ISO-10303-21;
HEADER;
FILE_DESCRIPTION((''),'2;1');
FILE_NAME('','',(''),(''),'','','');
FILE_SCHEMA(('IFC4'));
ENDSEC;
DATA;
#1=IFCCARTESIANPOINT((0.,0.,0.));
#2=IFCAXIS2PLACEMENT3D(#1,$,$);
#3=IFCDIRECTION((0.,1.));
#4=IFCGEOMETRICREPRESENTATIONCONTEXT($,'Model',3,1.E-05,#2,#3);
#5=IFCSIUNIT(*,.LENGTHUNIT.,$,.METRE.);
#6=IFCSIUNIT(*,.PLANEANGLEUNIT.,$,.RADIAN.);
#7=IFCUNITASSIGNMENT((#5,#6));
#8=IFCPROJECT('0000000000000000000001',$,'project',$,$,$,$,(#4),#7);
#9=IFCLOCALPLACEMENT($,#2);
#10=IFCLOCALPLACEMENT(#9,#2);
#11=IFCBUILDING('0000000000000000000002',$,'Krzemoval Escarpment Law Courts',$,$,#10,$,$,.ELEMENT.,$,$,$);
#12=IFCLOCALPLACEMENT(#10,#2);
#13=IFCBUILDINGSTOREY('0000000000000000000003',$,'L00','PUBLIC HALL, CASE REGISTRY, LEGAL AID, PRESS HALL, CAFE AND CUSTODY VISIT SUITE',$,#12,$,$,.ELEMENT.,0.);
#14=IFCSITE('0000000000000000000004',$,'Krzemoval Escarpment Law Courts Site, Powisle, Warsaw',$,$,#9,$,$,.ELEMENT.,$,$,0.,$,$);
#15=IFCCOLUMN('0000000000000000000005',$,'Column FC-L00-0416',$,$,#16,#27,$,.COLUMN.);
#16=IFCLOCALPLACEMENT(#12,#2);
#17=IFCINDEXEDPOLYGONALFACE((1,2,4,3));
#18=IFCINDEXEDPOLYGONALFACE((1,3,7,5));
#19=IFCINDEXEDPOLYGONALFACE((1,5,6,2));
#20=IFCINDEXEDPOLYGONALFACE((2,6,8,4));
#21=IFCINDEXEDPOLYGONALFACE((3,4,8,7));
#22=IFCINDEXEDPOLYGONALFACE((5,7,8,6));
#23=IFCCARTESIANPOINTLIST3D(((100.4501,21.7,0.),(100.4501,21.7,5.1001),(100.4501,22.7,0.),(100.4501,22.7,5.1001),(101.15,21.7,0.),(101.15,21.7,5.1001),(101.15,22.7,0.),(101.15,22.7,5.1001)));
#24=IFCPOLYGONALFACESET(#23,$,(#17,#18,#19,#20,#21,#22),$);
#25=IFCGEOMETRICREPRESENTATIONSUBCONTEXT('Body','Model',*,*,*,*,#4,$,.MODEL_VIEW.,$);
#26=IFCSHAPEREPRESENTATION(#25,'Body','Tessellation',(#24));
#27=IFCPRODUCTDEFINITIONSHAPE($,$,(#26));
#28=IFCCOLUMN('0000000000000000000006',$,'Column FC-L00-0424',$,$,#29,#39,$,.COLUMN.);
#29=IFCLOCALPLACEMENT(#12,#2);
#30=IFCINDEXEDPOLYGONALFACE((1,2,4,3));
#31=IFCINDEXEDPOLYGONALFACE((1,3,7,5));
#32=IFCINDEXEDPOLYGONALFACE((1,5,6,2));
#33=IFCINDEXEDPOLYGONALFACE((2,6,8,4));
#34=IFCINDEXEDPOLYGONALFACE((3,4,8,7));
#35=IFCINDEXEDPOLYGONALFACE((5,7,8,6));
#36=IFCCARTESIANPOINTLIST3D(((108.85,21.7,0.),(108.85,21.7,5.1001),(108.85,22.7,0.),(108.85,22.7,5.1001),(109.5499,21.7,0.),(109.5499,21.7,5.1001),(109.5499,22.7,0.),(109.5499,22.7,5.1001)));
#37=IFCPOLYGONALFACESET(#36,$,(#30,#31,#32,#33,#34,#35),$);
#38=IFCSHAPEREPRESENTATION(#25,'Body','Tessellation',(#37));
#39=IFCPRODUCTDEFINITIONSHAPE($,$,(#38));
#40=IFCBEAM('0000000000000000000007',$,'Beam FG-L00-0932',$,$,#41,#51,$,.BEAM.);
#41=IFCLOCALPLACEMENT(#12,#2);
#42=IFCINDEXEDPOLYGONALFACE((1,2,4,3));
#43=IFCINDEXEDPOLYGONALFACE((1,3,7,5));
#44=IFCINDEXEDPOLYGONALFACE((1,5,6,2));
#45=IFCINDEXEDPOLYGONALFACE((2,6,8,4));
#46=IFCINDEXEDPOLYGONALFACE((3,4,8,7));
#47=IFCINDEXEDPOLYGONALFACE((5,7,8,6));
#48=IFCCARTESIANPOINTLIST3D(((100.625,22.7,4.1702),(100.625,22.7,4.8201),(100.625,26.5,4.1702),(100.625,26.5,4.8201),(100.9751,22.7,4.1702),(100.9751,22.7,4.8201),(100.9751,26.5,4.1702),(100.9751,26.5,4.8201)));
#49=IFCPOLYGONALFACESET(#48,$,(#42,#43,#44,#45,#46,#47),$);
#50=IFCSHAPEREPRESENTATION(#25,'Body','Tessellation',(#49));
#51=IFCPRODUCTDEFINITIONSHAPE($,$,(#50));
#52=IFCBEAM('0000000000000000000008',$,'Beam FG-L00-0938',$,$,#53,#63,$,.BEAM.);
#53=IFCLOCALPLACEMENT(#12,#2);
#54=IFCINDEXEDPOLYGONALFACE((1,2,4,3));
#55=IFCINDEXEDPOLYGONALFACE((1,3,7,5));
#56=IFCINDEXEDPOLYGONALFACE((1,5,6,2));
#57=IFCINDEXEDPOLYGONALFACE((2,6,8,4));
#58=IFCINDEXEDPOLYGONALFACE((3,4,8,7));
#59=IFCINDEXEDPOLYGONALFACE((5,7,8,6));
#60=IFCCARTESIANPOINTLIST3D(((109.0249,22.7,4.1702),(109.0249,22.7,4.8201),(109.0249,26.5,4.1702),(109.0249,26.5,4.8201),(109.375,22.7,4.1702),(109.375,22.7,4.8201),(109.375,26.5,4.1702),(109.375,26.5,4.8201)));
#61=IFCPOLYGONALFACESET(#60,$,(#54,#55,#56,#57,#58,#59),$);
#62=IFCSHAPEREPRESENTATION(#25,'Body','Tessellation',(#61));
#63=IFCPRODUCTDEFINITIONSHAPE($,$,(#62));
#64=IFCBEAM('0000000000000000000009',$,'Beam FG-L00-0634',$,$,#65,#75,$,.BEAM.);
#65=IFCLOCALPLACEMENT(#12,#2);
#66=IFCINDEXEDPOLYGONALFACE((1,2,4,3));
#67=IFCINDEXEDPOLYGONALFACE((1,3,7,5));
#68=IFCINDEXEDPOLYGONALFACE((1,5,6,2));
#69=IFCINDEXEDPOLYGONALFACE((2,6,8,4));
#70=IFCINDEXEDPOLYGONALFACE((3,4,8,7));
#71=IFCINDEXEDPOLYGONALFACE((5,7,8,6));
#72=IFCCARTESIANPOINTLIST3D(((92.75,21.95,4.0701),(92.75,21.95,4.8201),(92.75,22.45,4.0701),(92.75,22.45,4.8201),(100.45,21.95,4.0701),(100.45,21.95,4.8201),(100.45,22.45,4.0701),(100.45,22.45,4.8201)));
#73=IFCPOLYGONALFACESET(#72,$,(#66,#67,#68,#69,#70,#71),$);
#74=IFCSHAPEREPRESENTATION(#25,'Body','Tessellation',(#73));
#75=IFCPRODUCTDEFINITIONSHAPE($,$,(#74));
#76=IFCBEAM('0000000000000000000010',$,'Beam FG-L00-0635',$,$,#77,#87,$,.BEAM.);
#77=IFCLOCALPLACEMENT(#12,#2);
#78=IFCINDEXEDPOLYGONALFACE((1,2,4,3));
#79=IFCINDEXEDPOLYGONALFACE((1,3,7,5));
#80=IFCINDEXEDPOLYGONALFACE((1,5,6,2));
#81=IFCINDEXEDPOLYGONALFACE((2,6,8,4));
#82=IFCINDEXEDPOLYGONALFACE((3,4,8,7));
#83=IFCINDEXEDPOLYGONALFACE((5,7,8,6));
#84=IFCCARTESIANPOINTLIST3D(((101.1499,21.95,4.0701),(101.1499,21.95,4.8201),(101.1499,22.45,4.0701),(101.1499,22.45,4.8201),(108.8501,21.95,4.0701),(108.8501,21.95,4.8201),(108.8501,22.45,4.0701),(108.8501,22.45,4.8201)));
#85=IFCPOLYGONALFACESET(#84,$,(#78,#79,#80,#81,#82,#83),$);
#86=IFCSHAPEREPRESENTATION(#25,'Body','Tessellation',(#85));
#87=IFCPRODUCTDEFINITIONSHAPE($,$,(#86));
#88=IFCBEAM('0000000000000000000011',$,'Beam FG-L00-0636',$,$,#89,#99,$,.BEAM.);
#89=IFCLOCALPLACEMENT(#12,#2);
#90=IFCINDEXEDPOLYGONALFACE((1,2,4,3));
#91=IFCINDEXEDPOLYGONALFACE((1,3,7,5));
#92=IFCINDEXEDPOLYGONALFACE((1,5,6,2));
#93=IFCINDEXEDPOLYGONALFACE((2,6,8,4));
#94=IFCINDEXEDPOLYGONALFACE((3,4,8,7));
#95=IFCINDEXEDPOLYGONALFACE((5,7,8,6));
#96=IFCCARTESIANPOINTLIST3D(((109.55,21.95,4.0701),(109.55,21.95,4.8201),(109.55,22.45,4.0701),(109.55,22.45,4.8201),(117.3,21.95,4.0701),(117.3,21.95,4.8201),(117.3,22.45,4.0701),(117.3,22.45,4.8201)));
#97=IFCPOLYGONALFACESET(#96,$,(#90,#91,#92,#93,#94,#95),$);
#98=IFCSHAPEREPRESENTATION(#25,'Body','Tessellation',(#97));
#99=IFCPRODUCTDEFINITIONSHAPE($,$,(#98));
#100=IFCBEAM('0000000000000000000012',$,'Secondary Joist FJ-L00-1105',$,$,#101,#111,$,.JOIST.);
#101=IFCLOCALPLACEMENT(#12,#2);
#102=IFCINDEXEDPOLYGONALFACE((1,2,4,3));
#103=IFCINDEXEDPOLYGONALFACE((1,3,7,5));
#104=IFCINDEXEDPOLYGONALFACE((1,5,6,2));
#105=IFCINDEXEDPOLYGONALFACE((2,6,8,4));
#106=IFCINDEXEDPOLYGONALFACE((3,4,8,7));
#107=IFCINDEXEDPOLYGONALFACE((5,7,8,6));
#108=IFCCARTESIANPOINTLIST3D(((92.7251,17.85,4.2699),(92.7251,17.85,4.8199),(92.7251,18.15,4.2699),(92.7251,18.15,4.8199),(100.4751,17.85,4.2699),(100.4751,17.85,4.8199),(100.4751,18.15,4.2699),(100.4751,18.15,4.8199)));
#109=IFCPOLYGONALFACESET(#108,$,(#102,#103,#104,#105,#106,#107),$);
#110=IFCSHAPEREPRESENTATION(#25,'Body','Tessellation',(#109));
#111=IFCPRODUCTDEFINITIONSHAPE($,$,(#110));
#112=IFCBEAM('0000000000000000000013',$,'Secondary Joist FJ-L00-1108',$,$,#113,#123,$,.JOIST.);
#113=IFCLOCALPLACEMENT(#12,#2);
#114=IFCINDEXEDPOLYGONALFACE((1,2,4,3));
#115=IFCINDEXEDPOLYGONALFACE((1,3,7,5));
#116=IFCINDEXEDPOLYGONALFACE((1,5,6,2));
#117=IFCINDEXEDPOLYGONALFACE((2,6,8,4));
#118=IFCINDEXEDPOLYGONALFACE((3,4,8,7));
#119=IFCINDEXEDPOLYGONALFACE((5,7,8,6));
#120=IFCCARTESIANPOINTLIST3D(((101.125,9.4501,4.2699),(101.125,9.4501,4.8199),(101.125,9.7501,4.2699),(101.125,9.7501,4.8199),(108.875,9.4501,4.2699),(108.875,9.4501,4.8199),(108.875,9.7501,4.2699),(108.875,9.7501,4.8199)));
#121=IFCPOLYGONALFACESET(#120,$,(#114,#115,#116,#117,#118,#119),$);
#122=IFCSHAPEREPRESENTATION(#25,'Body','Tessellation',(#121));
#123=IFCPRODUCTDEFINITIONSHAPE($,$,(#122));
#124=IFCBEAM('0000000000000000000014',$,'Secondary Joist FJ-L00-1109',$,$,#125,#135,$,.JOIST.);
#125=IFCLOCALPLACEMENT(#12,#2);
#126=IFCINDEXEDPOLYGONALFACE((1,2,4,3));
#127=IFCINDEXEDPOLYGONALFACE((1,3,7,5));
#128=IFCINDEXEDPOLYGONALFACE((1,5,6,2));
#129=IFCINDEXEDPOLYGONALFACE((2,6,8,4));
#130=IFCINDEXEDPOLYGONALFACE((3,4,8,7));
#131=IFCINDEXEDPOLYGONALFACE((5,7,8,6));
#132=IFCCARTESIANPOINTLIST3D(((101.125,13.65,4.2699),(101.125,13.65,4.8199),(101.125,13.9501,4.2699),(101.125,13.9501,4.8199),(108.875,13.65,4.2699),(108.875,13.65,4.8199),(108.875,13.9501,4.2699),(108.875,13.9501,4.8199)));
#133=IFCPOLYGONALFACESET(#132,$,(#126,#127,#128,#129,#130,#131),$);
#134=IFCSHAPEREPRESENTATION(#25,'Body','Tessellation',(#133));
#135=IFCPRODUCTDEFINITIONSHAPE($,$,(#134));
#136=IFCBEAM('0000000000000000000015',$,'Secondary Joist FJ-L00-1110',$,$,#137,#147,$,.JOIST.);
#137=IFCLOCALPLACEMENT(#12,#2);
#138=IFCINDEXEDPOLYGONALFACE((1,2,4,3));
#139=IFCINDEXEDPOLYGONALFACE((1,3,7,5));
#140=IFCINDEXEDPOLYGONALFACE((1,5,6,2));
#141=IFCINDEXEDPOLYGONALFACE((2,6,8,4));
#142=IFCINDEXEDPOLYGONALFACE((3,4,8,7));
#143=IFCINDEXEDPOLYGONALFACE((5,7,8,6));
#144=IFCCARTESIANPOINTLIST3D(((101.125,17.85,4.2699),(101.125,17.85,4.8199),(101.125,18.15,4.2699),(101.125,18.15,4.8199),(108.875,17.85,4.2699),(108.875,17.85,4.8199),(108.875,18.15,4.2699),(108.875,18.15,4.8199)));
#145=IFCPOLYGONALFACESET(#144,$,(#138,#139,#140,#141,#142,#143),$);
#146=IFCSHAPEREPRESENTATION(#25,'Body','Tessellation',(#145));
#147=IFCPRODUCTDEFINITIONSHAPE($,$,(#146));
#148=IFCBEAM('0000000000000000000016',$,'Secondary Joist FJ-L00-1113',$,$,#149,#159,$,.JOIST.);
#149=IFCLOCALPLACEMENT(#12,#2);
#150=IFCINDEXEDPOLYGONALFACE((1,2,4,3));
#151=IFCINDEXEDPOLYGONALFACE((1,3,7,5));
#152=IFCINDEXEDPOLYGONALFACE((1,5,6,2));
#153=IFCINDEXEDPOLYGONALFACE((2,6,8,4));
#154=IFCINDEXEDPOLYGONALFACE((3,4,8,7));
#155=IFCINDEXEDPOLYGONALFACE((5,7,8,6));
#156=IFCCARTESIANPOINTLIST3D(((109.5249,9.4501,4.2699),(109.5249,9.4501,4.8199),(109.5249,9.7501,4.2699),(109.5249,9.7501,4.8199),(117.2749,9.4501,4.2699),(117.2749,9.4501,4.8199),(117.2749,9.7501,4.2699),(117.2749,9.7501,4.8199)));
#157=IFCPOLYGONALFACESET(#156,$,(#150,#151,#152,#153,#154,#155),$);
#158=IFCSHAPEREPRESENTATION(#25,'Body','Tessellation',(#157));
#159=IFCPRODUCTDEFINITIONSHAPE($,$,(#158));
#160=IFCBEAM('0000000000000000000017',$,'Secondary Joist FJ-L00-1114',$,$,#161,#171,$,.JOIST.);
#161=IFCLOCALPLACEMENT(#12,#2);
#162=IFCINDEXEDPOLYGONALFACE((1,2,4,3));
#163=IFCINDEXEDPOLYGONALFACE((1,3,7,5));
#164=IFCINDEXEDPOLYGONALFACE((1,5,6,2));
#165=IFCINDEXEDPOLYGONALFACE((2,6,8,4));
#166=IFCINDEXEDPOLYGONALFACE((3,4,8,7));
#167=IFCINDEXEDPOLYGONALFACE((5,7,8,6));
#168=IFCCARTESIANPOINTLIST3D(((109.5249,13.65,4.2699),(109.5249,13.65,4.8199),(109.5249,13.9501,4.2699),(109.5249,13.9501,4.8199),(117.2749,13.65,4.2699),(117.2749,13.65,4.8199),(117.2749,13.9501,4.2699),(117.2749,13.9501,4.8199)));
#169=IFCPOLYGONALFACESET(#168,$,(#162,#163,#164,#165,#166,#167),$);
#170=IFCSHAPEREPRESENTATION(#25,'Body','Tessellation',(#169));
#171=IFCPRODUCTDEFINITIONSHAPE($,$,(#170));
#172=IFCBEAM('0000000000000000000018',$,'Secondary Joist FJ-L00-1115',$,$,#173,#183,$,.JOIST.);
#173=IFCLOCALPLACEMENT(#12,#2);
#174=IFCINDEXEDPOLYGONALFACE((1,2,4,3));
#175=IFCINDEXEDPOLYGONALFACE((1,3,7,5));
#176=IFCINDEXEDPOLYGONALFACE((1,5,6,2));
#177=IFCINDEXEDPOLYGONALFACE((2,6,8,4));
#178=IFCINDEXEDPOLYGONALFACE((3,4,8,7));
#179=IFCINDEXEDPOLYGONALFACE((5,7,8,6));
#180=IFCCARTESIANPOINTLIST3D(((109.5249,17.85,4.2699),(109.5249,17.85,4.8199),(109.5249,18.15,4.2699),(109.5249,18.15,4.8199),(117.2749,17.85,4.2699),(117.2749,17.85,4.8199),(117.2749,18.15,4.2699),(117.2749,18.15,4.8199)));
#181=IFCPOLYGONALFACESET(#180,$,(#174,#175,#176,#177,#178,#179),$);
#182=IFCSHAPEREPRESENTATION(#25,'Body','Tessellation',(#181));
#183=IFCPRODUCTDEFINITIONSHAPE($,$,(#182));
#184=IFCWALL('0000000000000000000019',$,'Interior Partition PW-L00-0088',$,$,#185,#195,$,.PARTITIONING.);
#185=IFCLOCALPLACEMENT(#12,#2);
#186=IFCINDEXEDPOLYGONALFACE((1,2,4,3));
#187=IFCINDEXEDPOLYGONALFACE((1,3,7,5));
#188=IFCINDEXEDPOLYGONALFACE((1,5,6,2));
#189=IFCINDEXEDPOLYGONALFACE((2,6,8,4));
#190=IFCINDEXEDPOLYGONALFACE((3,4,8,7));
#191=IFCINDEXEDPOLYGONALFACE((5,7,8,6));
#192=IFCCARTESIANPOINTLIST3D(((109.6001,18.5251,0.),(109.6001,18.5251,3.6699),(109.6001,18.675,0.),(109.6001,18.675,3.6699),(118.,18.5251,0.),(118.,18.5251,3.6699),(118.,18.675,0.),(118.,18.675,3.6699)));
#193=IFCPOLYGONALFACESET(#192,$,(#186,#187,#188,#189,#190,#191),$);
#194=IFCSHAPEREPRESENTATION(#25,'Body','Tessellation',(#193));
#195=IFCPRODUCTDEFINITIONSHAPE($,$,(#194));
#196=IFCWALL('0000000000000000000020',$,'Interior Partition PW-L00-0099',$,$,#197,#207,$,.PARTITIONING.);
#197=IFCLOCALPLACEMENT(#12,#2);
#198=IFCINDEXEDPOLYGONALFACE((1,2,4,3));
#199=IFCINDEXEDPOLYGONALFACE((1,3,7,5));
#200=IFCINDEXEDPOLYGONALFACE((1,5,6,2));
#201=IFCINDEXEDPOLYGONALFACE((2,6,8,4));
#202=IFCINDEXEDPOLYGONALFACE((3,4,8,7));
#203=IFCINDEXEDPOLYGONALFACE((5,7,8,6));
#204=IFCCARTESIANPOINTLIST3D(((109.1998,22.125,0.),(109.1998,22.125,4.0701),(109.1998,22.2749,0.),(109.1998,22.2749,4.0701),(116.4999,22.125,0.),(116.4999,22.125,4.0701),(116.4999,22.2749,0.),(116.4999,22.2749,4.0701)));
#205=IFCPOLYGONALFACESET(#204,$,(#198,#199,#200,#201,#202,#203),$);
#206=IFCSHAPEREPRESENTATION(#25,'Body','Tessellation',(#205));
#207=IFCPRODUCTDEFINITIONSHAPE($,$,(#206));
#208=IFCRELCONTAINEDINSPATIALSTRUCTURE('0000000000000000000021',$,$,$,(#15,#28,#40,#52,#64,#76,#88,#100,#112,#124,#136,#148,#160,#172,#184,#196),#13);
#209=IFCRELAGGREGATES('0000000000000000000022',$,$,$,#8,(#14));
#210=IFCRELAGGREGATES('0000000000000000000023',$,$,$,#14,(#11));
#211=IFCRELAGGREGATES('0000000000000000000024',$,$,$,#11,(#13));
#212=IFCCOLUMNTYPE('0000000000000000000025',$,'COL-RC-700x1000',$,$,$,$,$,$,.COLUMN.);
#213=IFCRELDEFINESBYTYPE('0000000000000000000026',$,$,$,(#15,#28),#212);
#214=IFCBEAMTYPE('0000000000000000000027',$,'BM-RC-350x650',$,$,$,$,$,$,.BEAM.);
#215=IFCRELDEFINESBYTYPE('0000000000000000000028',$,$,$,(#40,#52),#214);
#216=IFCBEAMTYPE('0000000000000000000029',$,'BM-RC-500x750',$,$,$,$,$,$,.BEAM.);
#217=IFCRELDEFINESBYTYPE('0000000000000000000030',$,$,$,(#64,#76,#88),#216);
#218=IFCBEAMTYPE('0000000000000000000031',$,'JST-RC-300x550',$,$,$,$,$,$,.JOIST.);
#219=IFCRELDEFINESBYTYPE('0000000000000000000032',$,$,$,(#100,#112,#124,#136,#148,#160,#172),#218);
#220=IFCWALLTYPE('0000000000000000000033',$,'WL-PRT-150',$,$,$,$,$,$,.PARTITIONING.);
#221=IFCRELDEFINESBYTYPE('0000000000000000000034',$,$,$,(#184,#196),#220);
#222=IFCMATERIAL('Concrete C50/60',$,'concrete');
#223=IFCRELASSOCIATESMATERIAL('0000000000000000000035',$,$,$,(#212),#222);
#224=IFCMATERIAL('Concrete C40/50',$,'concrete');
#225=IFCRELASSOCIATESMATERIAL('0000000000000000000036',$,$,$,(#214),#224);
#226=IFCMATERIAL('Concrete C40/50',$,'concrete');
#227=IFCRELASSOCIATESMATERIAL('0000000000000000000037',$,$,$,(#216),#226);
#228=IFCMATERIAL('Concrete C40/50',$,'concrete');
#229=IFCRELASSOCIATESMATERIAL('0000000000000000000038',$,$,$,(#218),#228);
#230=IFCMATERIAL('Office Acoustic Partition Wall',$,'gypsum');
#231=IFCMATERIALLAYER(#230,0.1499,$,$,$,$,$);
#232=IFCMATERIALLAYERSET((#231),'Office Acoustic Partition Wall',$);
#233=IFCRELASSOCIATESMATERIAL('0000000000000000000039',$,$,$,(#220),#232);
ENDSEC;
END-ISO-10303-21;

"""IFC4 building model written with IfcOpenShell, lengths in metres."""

from ifc_helpers import new_model, si_unit, direction, frame, frame_2d, origin, origin_2d, place, context, subcontext, project, spatial, rectangle, extrude, material, layer, layer_set, material_profile, profile_set, type_object, element, save


model = new_model("IFC4")

# Units and contexts
model_context = context("Model", 3, precision=1e-05, world=origin(), true_north=direction((0.0, 1.0)))
body_context = subcontext(model_context, "Body", "Model", "MODEL_VIEW")
ifc_project = project(units=[si_unit("LENGTHUNIT", "METRE"), si_unit("PLANEANGLEUNIT", "RADIAN")], contexts=[model_context])

# Site, building, storey
site_placement = place(None, origin())
site = spatial("IfcSite", under=ifc_project, at=site_placement, Name="Krzemoval Escarpment Law Courts Site, Powisle, Warsaw", CompositionType="ELEMENT", RefElevation=0.0)
building_placement = place(site_placement, origin())
building = spatial("IfcBuilding", under=site, at=building_placement, Name="Krzemoval Escarpment Law Courts", CompositionType="ELEMENT")
storey_placement = place(building_placement, origin())
storey = spatial("IfcBuildingStorey", under=building, at=storey_placement, Name="L00", Description="PUBLIC HALL, CASE REGISTRY, LEGAL AID, PRESS HALL, CAFE AND CUSTODY VISIT SUITE", CompositionType="ELEMENT", Elevation=0.0)

# Columns
ifc_material_1 = material(Name="Concrete C50/60", Category="concrete")
ifc_material_profile_1 = material_profile(ifc_material_1, rectangle(XDim=0.7, YDim=1.0, at=origin_2d()), Name="RC 700x1000")
ifc_profile_set_1 = profile_set([ifc_material_profile_1], Name="Concrete C50/60")
column_type = type_object("IfcColumnType", Name="COL-RC-700x1000", PredefinedType="COLUMN", material=ifc_profile_set_1)
for number, where, z_axis, x_axis, name in (
    (1, (100.8, 22.2, 0.0), (0.0, 0.0, 1.0), (1.0, 0.0, 0.0), "Column FC-L00-0416"),
    (2, (109.2, 22.2, 0.0), (0.0, 0.0, 1.0), (1.0, 0.0, 0.0), "Column FC-L00-0424"),
):
    element("IfcColumn", number, at=place(storey_placement, frame(where, z_axis=z_axis, x_axis=x_axis)), inside=storey, type_object=column_type, Name=name, PredefinedType="COLUMN", context=body_context, shape_type="SweptSolid", body=[
        extrude(rectangle(XDim=0.7, YDim=1.0, at=origin_2d()), origin(), (0.0, 0.0, 1.0), 5.1001),
    ])

# Beams
ifc_material_2 = material(Name="Concrete C40/50", Category="concrete")
ifc_material_profile_2 = material_profile(ifc_material_2, rectangle(XDim=0.3501, YDim=0.6499, at=origin_2d()), Name="RCB 350x650")
ifc_profile_set_2 = profile_set([ifc_material_profile_2], Name="Concrete C40/50")
beam_type_1 = type_object("IfcBeamType", Name="BM-RC-350x650", PredefinedType="BEAM", material=ifc_profile_set_2)
for number, where, z_axis, x_axis, name in (
    (3, (100.8, 22.7, 4.4951), (0.0, 1.0, 0.0), (-1.0, 0.0, 0.0), "Beam FG-L00-0932"),
    (4, (109.2, 22.7, 4.4951), (0.0, 1.0, 0.0), (-1.0, 0.0, 0.0), "Beam FG-L00-0938"),
):
    element("IfcBeam", number, at=place(storey_placement, frame(where, z_axis=z_axis, x_axis=x_axis)), inside=storey, type_object=beam_type_1, Name=name, PredefinedType="BEAM", context=body_context, shape_type="SweptSolid", body=[
        extrude(rectangle(XDim=0.3501, YDim=0.6499, at=origin_2d()), origin(), (0.0, 0.0, 1.0), 3.8),
    ])
ifc_material_3 = material(Name="Concrete C40/50", Category="concrete")
ifc_material_profile_3 = material_profile(ifc_material_3, rectangle(XDim=0.5, YDim=0.75, at=origin_2d()), Name="RCB 500x750")
ifc_profile_set_3 = profile_set([ifc_material_profile_3], Name="Concrete C40/50")
beam_type_2 = type_object("IfcBeamType", Name="BM-RC-500x750", PredefinedType="BEAM", material=ifc_profile_set_3)
beam_1_placement = place(storey_placement, frame((92.75, 22.2, 4.4451), z_axis=(1.0, 0.0, 0.0), x_axis=(0.0, 1.0, 0.0)))
element("IfcBeam", 5, at=beam_1_placement, inside=storey, type_object=beam_type_2, Name="Beam FG-L00-0634", PredefinedType="BEAM", context=body_context, shape_type="SweptSolid", body=[
    extrude(rectangle(XDim=0.5, YDim=0.75, at=origin_2d()), origin(), (0.0, 0.0, 1.0), 7.7),
])
beam_2_placement = place(storey_placement, frame((101.1499, 22.2, 4.4451), z_axis=(1.0, 0.0, 0.0), x_axis=(0.0, 1.0, 0.0)))
element("IfcBeam", 6, at=beam_2_placement, inside=storey, type_object=beam_type_2, Name="Beam FG-L00-0635", PredefinedType="BEAM", context=body_context, shape_type="SweptSolid", body=[
    extrude(rectangle(XDim=0.5, YDim=0.75, at=origin_2d()), origin(), (0.0, 0.0, 1.0), 7.7002),
])
beam_3_placement = place(storey_placement, frame((109.55, 22.2, 4.4451), z_axis=(1.0, 0.0, 0.0), x_axis=(0.0, 1.0, 0.0)))
element("IfcBeam", 7, at=beam_3_placement, inside=storey, type_object=beam_type_2, Name="Beam FG-L00-0636", PredefinedType="BEAM", context=body_context, shape_type="SweptSolid", body=[
    extrude(rectangle(XDim=0.5, YDim=0.75, at=origin_2d()), origin(), (0.0, 0.0, 1.0), 7.75),
])
ifc_material_4 = material(Name="Concrete C40/50", Category="concrete")
ifc_material_profile_4 = material_profile(ifc_material_4, rectangle(XDim=0.3, YDim=0.55, at=origin_2d()), Name="RCB 300x550")
ifc_profile_set_4 = profile_set([ifc_material_profile_4], Name="Concrete C40/50")
beam_type_3 = type_object("IfcBeamType", Name="JST-RC-300x550", PredefinedType="JOIST", material=ifc_profile_set_4)
for number, where, z_axis, x_axis, name in (
    (8, (92.7251, 18.0, 4.5449), (1.0, 0.0, 0.0), (0.0, 1.0, 0.0), "Secondary Joist FJ-L00-1105"),
    (9, (101.125, 9.6001, 4.5449), (1.0, 0.0, 0.0), (0.0, 1.0, 0.0), "Secondary Joist FJ-L00-1108"),
    (10, (101.125, 13.8, 4.5449), (1.0, 0.0, 0.0), (0.0, 1.0, 0.0), "Secondary Joist FJ-L00-1109"),
    (11, (101.125, 18.0, 4.5449), (1.0, 0.0, 0.0), (0.0, 1.0, 0.0), "Secondary Joist FJ-L00-1110"),
    (12, (109.5249, 9.6001, 4.5449), (1.0, 0.0, 0.0), (0.0, 1.0, 0.0), "Secondary Joist FJ-L00-1113"),
    (13, (109.5249, 13.8, 4.5449), (1.0, 0.0, 0.0), (0.0, 1.0, 0.0), "Secondary Joist FJ-L00-1114"),
    (14, (109.5249, 18.0, 4.5449), (1.0, 0.0, 0.0), (0.0, 1.0, 0.0), "Secondary Joist FJ-L00-1115"),
):
    element("IfcBeam", number, at=place(storey_placement, frame(where, z_axis=z_axis, x_axis=x_axis)), inside=storey, type_object=beam_type_3, Name=name, PredefinedType="JOIST", context=body_context, shape_type="SweptSolid", body=[
        extrude(rectangle(XDim=0.3, YDim=0.55, at=origin_2d()), origin(), (0.0, 0.0, 1.0), 7.75),
    ])

# Walls
ifc_material_5 = material(Name="Office Acoustic Partition Wall", Category="gypsum")
ifc_layer_1 = layer(ifc_material_5, 0.1499)
ifc_layer_set_1 = layer_set([ifc_layer_1], Name="Office Acoustic Partition Wall")
wall_type_1 = type_object("IfcWallType", Name="WL-PRT-150", PredefinedType="PARTITIONING", material=ifc_layer_set_1)
wall_1_placement = place(storey_placement, frame((109.6001, 18.6001, 0.0), z_axis=(0.0, 0.0, 1.0), x_axis=(1.0, 0.0, 0.0)))
element("IfcWall", 15, at=wall_1_placement, inside=storey, type_object=wall_type_1, Name="Interior Partition PW-L00-0088", PredefinedType="PARTITIONING", context=body_context, shape_type="SweptSolid", body=[
    extrude(rectangle(XDim=8.3999, YDim=0.1499, at=frame_2d((4.2, 0.0))), origin(), (0.0, 0.0, 1.0), 3.6699),
])
wall_2_placement = place(storey_placement, frame((109.2, 22.2, 0.0), z_axis=(0.0, 0.0, 1.0), x_axis=(1.0, 0.0, 0.0)))
element("IfcWall", 16, at=wall_2_placement, inside=storey, type_object=wall_type_1, Name="Interior Partition PW-L00-0099", PredefinedType="PARTITIONING", context=body_context, shape_type="SweptSolid", body=[
    extrude(rectangle(XDim=7.3, YDim=0.1499, at=frame_2d((3.6499, 0.0))), origin(), (0.0, 0.0, 1.0), 4.0701),
])

save(model, "model.ifc")
